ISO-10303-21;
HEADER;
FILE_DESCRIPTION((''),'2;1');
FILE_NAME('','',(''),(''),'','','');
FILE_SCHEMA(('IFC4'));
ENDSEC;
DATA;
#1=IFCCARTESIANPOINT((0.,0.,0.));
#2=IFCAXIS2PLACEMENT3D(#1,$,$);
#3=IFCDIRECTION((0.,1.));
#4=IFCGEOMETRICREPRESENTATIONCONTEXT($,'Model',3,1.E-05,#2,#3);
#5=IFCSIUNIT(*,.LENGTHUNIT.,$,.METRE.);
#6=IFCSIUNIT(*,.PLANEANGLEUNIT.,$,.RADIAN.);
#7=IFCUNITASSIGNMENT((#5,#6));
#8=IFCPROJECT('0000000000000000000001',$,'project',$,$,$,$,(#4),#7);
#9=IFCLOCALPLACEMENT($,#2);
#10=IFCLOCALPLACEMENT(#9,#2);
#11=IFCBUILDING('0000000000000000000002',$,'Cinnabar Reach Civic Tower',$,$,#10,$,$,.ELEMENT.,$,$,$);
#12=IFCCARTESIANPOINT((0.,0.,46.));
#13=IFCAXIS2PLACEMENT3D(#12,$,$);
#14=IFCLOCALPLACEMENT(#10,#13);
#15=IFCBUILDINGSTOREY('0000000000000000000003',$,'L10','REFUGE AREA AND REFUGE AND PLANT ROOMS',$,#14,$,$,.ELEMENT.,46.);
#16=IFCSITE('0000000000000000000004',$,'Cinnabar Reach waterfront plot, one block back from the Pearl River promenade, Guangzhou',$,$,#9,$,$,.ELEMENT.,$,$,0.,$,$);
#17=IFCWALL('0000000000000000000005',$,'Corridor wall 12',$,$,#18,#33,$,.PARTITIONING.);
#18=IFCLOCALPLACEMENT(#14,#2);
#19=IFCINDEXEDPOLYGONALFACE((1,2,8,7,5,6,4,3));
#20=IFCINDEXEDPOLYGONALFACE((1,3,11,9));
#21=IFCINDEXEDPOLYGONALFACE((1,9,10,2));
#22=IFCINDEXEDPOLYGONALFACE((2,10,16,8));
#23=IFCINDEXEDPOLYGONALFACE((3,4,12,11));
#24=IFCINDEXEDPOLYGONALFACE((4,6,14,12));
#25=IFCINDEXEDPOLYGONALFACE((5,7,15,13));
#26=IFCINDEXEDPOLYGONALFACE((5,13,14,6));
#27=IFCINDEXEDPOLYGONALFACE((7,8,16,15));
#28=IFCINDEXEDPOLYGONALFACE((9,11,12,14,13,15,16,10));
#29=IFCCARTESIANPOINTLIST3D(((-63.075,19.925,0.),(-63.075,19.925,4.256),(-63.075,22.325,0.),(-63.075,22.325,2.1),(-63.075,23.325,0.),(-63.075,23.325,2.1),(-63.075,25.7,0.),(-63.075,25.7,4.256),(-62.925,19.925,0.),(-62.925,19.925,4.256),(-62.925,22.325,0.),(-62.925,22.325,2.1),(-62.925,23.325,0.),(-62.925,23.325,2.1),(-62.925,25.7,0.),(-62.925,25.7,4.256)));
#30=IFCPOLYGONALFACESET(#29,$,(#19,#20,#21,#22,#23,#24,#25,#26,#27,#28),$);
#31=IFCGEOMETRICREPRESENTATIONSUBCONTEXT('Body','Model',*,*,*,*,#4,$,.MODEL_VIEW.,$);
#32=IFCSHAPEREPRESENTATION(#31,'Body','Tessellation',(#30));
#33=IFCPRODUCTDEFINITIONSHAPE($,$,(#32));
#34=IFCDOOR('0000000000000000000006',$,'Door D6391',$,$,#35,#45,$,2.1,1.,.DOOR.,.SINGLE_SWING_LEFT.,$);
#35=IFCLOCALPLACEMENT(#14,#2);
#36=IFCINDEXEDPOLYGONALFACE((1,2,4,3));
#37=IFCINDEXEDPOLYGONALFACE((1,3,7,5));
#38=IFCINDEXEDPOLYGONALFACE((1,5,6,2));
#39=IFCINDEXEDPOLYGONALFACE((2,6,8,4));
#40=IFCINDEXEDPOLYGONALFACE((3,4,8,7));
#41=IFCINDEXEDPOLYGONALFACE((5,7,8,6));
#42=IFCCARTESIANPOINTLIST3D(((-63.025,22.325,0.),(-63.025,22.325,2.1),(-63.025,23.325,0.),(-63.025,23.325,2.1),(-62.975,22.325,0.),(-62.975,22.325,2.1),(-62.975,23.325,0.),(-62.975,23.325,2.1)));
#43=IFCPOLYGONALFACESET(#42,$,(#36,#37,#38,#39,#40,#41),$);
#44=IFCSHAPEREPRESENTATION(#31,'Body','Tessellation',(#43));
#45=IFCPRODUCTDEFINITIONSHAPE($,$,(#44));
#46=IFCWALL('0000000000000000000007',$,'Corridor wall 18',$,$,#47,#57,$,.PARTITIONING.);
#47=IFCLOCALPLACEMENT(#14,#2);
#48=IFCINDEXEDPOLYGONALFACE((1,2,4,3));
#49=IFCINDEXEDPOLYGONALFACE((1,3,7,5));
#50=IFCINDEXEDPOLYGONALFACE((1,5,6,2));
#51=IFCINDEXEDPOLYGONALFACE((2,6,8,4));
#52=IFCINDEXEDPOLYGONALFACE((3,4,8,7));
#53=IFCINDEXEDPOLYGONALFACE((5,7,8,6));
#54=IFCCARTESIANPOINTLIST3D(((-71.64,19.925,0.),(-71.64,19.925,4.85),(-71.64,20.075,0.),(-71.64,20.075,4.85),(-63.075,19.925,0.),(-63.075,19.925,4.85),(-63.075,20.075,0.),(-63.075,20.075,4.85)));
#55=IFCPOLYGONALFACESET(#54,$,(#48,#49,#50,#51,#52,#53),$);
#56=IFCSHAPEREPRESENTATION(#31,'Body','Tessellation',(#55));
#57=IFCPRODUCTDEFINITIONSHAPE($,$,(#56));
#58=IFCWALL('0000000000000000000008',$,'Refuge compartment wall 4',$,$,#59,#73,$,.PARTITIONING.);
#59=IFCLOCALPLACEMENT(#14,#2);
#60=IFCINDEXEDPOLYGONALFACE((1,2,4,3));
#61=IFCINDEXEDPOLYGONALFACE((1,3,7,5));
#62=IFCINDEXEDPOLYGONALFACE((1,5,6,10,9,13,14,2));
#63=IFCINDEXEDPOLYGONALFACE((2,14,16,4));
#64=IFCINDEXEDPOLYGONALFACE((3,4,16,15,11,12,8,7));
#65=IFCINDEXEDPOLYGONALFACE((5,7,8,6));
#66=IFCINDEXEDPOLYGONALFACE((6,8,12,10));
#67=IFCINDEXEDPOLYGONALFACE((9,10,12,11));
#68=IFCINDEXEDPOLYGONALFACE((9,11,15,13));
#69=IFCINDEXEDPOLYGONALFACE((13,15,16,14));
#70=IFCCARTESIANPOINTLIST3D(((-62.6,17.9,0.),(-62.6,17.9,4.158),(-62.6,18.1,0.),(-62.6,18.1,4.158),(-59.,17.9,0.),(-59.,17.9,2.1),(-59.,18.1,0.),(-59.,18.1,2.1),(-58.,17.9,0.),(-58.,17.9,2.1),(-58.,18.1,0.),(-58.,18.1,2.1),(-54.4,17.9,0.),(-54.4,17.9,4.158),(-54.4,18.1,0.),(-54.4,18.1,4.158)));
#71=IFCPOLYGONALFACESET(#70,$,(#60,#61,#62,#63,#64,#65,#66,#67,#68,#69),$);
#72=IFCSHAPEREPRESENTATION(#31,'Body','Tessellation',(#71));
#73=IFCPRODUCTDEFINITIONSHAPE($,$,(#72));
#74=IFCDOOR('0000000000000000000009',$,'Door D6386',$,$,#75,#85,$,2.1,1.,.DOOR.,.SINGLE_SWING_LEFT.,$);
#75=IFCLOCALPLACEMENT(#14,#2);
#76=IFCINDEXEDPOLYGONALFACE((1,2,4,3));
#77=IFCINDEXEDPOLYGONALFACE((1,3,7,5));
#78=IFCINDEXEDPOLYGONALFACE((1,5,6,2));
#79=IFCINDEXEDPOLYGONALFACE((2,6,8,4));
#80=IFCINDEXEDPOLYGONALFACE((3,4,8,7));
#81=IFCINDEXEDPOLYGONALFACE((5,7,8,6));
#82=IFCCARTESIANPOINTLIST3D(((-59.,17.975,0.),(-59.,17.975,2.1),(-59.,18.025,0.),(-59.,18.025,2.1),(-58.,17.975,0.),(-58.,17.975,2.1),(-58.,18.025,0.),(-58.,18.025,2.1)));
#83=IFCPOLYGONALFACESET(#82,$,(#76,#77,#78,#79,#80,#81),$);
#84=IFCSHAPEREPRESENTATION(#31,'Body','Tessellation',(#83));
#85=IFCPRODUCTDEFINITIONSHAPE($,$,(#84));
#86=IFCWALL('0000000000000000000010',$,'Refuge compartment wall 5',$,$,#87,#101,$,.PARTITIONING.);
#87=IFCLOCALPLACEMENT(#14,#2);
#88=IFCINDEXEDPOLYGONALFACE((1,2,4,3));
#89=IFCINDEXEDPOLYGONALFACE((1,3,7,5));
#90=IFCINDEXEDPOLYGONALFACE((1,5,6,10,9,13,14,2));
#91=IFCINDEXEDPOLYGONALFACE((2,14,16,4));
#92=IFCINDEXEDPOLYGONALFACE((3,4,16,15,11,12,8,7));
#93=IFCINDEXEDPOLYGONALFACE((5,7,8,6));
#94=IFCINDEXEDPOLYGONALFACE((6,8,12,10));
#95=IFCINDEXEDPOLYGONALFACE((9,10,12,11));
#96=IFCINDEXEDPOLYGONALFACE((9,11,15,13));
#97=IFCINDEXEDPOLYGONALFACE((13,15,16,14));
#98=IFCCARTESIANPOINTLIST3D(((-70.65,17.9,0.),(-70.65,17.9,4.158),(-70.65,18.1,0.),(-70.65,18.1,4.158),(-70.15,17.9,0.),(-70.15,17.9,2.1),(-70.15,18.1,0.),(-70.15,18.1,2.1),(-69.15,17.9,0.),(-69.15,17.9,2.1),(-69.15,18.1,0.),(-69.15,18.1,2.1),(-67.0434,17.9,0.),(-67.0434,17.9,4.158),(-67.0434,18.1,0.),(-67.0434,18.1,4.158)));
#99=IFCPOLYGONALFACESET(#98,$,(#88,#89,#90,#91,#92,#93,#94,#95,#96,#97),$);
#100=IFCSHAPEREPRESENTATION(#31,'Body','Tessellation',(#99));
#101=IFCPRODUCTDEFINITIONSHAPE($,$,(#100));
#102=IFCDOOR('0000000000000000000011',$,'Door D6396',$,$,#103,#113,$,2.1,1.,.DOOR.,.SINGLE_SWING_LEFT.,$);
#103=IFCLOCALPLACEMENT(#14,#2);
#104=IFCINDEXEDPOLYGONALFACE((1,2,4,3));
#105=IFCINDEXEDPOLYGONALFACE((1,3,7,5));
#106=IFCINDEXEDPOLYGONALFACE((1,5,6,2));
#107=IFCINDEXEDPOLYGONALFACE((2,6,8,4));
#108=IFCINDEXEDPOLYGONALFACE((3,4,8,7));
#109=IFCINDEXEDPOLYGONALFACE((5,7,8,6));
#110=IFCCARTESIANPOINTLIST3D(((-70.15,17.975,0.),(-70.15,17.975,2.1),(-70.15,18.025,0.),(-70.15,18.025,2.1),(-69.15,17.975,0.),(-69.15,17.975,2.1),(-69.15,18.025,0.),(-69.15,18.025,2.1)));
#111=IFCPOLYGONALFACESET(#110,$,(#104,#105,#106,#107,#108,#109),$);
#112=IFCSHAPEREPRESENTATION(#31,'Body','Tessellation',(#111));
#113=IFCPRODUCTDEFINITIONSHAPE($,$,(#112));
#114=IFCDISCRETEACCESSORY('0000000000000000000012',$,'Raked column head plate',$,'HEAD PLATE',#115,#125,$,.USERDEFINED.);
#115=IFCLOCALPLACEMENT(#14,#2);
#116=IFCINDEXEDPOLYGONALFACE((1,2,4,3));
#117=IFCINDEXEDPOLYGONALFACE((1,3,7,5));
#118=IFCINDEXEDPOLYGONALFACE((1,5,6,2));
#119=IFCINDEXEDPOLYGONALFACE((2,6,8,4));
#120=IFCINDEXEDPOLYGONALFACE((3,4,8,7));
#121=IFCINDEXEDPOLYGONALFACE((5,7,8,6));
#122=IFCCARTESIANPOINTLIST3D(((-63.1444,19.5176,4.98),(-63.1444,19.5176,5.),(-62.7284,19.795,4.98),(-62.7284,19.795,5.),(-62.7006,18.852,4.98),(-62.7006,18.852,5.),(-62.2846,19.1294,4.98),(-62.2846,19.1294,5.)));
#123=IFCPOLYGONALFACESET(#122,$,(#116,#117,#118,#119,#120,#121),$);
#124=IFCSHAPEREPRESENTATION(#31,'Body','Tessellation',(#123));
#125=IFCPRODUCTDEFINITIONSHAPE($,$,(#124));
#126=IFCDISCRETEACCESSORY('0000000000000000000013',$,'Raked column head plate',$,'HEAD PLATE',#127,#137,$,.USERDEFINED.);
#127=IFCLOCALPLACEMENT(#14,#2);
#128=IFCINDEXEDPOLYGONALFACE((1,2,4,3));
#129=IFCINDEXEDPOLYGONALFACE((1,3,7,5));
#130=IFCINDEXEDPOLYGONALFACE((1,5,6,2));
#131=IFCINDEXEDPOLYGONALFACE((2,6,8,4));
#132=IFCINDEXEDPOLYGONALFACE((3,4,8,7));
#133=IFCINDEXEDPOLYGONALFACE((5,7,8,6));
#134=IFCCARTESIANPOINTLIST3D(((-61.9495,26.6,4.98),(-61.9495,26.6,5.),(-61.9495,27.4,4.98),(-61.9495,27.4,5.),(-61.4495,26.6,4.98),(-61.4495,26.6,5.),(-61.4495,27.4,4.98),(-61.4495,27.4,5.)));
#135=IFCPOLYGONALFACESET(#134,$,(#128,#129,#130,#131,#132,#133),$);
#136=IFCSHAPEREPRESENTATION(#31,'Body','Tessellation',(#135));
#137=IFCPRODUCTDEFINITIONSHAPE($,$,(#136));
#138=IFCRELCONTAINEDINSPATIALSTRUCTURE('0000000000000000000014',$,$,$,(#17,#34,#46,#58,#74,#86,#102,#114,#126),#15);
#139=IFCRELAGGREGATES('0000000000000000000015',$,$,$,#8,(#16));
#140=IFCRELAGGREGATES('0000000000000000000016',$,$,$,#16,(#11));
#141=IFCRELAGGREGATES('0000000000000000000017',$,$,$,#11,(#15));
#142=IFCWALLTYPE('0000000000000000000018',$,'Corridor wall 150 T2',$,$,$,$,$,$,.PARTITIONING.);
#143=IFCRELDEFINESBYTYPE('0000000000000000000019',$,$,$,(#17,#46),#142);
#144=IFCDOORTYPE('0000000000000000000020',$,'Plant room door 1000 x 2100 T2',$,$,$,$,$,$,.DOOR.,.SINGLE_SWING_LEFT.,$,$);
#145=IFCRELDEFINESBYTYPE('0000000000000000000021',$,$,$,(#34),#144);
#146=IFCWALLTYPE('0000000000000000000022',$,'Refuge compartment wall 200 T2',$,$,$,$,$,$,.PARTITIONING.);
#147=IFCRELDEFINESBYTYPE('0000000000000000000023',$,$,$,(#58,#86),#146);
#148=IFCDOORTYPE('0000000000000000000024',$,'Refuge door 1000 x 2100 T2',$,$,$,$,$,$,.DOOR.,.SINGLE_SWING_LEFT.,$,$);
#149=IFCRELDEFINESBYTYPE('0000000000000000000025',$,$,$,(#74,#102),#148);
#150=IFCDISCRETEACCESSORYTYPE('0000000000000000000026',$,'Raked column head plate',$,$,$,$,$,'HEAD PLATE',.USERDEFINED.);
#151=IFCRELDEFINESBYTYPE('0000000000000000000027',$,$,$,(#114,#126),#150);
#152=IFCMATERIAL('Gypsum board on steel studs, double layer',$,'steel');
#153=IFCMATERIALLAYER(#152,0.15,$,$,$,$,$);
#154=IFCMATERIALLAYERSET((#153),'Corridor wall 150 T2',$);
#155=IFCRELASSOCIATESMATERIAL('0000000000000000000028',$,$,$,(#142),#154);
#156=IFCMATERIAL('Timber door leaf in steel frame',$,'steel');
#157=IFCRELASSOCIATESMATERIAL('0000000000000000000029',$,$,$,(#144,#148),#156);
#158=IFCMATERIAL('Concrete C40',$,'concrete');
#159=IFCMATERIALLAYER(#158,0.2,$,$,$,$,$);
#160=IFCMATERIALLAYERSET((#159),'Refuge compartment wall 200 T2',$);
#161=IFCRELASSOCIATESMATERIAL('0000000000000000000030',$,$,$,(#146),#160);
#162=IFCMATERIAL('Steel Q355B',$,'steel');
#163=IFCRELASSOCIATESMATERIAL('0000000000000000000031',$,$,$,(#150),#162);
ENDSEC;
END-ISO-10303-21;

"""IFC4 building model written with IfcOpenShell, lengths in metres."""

from ifc_helpers import new_model, si_unit, direction, frame, frame_2d, origin, origin_2d, place, context, subcontext, project, spatial, rectangle, extrude, material, layer, layer_set, type_object, element, fill, save


model = new_model("IFC4")

# Units and contexts
model_context = context("Model", 3, precision=1e-05, world=origin(), true_north=direction((0.0, 1.0)))
body_context = subcontext(model_context, "Body", "Model", "MODEL_VIEW")
ifc_project = project(units=[si_unit("LENGTHUNIT", "METRE"), si_unit("PLANEANGLEUNIT", "RADIAN")], contexts=[model_context])

# Site, building, storey
site_placement = place(None, origin())
site = spatial("IfcSite", under=ifc_project, at=site_placement, Name="Cinnabar Reach waterfront plot, one block back from the Pearl River promenade, Guangzhou", CompositionType="ELEMENT", RefElevation=0.0)
building_placement = place(site_placement, origin())
building = spatial("IfcBuilding", under=site, at=building_placement, Name="Cinnabar Reach Civic Tower", CompositionType="ELEMENT")
storey_placement = place(building_placement, frame((0.0, 0.0, 46.0)))
storey = spatial("IfcBuildingStorey", under=building, at=storey_placement, Name="L10", Description="REFUGE AREA AND REFUGE AND PLANT ROOMS", CompositionType="ELEMENT", Elevation=46.0)

# Shared definitions
ifc_material_1 = material(Name="Steel Q355B", Category="steel")

# Wall, opening, door
ifc_material_2 = material(Name="Gypsum board on steel studs, double layer", Category="steel")
ifc_layer_1 = layer(ifc_material_2, 0.15)
ifc_layer_set_1 = layer_set([ifc_layer_1], Name="Corridor wall 150 T2")
wall_type_1 = type_object("IfcWallType", Name="Corridor wall 150 T2", PredefinedType="PARTITIONING", material=ifc_layer_set_1)
wall_1_placement = place(storey_placement, frame((-63.0, 19.925, 0.0), z_axis=(0.0, 0.0, 1.0), x_axis=(0.0, 1.0, 0.0)))
wall_1 = element("IfcWall", 1, at=wall_1_placement, inside=storey, type_object=wall_type_1, Name="Corridor wall 12", PredefinedType="PARTITIONING", context=body_context, shape_type="SweptSolid", body=[
    extrude(rectangle(XDim=5.775, YDim=0.15, at=frame_2d((2.8875, 0.0))), origin(), (0.0, 0.0, 1.0), 4.256),
])
opening_1_placement = place(wall_1_placement, frame((2.4, 0.0, 0.0)))
opening_1 = element("IfcOpeningElement", 2, at=opening_1_placement, cuts=wall_1, PredefinedType="OPENING", context=body_context, shape_type="SweptSolid", body=[
    extrude(rectangle(XDim=1.0, YDim=2.1, at=frame_2d((0.5, 1.05))), frame((0.0, 0.085, 0.0), z_axis=(0.0, -1.0, 0.0), x_axis=(1.0, 0.0, 0.0)), (0.0, 0.0, 1.0), 0.17),
])
ifc_material_3 = material(Name="Timber door leaf in steel frame", Category="steel")
door_type_1 = type_object("IfcDoorType", Name="Plant room door 1000 x 2100 T2", OperationType="SINGLE_SWING_LEFT", PredefinedType="DOOR", material=ifc_material_3)
door_1_placement = place(opening_1_placement, origin())
door_1 = element("IfcDoor", 3, at=door_1_placement, inside=storey, type_object=door_type_1, Name="Door D6391", OperationType="SINGLE_SWING_LEFT", OverallHeight=2.1, OverallWidth=1.0, PredefinedType="DOOR", context=body_context, shape_type="SweptSolid", body=[
    extrude(rectangle(XDim=1.0, YDim=2.1, at=frame_2d((0.5, 1.05))), frame((0.0, 0.025, 0.0), z_axis=(0.0, -1.0, 0.0), x_axis=(1.0, 0.0, 0.0)), (0.0, 0.0, 1.0), 0.05),
])
fill(opening_1, door_1)

# Wall
wall_2_placement = place(storey_placement, frame((-71.64, 20.0, 0.0), z_axis=(0.0, 0.0, 1.0), x_axis=(1.0, 0.0, 0.0)))
element("IfcWall", 4, at=wall_2_placement, inside=storey, type_object=wall_type_1, Name="Corridor wall 18", PredefinedType="PARTITIONING", context=body_context, shape_type="SweptSolid", body=[
    extrude(rectangle(XDim=8.565, YDim=0.15, at=frame_2d((4.2825, 0.0))), origin(), (0.0, 0.0, 1.0), 4.85),
])

# Walls, openings, doors
ifc_material_4 = material(Name="Concrete C40", Category="concrete")
ifc_layer_2 = layer(ifc_material_4, 0.2)
ifc_layer_set_2 = layer_set([ifc_layer_2], Name="Refuge compartment wall 200 T2")
wall_type_2 = type_object("IfcWallType", Name="Refuge compartment wall 200 T2", PredefinedType="PARTITIONING", material=ifc_layer_set_2)
wall_3_placement = place(storey_placement, frame((-62.6, 18.0, 0.0), z_axis=(0.0, 0.0, 1.0), x_axis=(1.0, 0.0, 0.0)))
wall_3 = element("IfcWall", 5, at=wall_3_placement, inside=storey, type_object=wall_type_2, Name="Refuge compartment wall 4", PredefinedType="PARTITIONING", context=body_context, shape_type="SweptSolid", body=[
    extrude(rectangle(XDim=8.2, YDim=0.2, at=frame_2d((4.1, 0.0))), origin(), (0.0, 0.0, 1.0), 4.158),
])
opening_2_placement = place(wall_3_placement, frame((3.6, 0.0, 0.0)))
opening_2 = element("IfcOpeningElement", 6, at=opening_2_placement, cuts=wall_3, PredefinedType="OPENING", context=body_context, shape_type="SweptSolid", body=[
    extrude(rectangle(XDim=1.0, YDim=2.1, at=frame_2d((0.5, 1.05))), frame((0.0, 0.11, 0.0), z_axis=(0.0, -1.0, 0.0), x_axis=(1.0, 0.0, 0.0)), (0.0, 0.0, 1.0), 0.22),
])
door_type_2 = type_object("IfcDoorType", Name="Refuge door 1000 x 2100 T2", OperationType="SINGLE_SWING_LEFT", PredefinedType="DOOR", material=ifc_material_3)
door_2_placement = place(opening_2_placement, origin())
door_2 = element("IfcDoor", 7, at=door_2_placement, inside=storey, type_object=door_type_2, Name="Door D6386", OperationType="SINGLE_SWING_LEFT", OverallHeight=2.1, OverallWidth=1.0, PredefinedType="DOOR", context=body_context, shape_type="SweptSolid", body=[
    extrude(rectangle(XDim=1.0, YDim=2.1, at=frame_2d((0.5, 1.05))), frame((0.0, 0.025, 0.0), z_axis=(0.0, -1.0, 0.0), x_axis=(1.0, 0.0, 0.0)), (0.0, 0.0, 1.0), 0.05),
])
fill(opening_2, door_2)
wall_4_placement = place(storey_placement, frame((-70.65, 18.0, 0.0), z_axis=(0.0, 0.0, 1.0), x_axis=(1.0, 0.0, 0.0)))
wall_4 = element("IfcWall", 8, at=wall_4_placement, inside=storey, type_object=wall_type_2, Name="Refuge compartment wall 5", PredefinedType="PARTITIONING", context=body_context, shape_type="SweptSolid", body=[
    extrude(rectangle(XDim=3.6066, YDim=0.2, at=frame_2d((1.8033, 0.0))), origin(), (0.0, 0.0, 1.0), 4.158),
])
opening_3_placement = place(wall_4_placement, frame((0.5, 0.0, 0.0)))
opening_3 = element("IfcOpeningElement", 9, at=opening_3_placement, cuts=wall_4, PredefinedType="OPENING", context=body_context, shape_type="SweptSolid", body=[
    extrude(rectangle(XDim=1.0, YDim=2.1, at=frame_2d((0.5, 1.05))), frame((0.0, 0.11, 0.0), z_axis=(0.0, -1.0, 0.0), x_axis=(1.0, 0.0, 0.0)), (0.0, 0.0, 1.0), 0.22),
])
door_3_placement = place(opening_3_placement, origin())
door_3 = element("IfcDoor", 10, at=door_3_placement, inside=storey, type_object=door_type_2, Name="Door D6396", OperationType="SINGLE_SWING_LEFT", OverallHeight=2.1, OverallWidth=1.0, PredefinedType="DOOR", context=body_context, shape_type="SweptSolid", body=[
    extrude(rectangle(XDim=1.0, YDim=2.1, at=frame_2d((0.5, 1.05))), frame((0.0, 0.025, 0.0), z_axis=(0.0, -1.0, 0.0), x_axis=(1.0, 0.0, 0.0)), (0.0, 0.0, 1.0), 0.05),
])
fill(opening_3, door_3)

# Discrete accessories
discrete_accessory_type = type_object("IfcDiscreteAccessoryType", Name="Raked column head plate", ElementType="HEAD PLATE", PredefinedType="USERDEFINED", material=ifc_material_1)
for number, where, z_axis, x_axis, name in (
    (11, (-62.7145, 19.3235, 4.98), (0.0, 0.0, 1.0), (0.832051, 0.554699, 0.0), "Raked column head plate"),
    (12, (-61.6995, 27.0, 4.98), (0.0, 0.0, 1.0), (1.0, 0.0, 0.0), "Raked column head plate"),
):
    element("IfcDiscreteAccessory", number, at=place(storey_placement, frame(where, z_axis=z_axis, x_axis=x_axis)), inside=storey, type_object=discrete_accessory_type, Name=name, ObjectType="HEAD PLATE", PredefinedType="USERDEFINED", context=body_context, shape_type="SweptSolid", body=[
        extrude(rectangle(XDim=0.5, YDim=0.8, at=origin_2d()), origin(), (0.0, 0.0, 1.0), 0.02),
    ])

save(model, "model.ifc")
